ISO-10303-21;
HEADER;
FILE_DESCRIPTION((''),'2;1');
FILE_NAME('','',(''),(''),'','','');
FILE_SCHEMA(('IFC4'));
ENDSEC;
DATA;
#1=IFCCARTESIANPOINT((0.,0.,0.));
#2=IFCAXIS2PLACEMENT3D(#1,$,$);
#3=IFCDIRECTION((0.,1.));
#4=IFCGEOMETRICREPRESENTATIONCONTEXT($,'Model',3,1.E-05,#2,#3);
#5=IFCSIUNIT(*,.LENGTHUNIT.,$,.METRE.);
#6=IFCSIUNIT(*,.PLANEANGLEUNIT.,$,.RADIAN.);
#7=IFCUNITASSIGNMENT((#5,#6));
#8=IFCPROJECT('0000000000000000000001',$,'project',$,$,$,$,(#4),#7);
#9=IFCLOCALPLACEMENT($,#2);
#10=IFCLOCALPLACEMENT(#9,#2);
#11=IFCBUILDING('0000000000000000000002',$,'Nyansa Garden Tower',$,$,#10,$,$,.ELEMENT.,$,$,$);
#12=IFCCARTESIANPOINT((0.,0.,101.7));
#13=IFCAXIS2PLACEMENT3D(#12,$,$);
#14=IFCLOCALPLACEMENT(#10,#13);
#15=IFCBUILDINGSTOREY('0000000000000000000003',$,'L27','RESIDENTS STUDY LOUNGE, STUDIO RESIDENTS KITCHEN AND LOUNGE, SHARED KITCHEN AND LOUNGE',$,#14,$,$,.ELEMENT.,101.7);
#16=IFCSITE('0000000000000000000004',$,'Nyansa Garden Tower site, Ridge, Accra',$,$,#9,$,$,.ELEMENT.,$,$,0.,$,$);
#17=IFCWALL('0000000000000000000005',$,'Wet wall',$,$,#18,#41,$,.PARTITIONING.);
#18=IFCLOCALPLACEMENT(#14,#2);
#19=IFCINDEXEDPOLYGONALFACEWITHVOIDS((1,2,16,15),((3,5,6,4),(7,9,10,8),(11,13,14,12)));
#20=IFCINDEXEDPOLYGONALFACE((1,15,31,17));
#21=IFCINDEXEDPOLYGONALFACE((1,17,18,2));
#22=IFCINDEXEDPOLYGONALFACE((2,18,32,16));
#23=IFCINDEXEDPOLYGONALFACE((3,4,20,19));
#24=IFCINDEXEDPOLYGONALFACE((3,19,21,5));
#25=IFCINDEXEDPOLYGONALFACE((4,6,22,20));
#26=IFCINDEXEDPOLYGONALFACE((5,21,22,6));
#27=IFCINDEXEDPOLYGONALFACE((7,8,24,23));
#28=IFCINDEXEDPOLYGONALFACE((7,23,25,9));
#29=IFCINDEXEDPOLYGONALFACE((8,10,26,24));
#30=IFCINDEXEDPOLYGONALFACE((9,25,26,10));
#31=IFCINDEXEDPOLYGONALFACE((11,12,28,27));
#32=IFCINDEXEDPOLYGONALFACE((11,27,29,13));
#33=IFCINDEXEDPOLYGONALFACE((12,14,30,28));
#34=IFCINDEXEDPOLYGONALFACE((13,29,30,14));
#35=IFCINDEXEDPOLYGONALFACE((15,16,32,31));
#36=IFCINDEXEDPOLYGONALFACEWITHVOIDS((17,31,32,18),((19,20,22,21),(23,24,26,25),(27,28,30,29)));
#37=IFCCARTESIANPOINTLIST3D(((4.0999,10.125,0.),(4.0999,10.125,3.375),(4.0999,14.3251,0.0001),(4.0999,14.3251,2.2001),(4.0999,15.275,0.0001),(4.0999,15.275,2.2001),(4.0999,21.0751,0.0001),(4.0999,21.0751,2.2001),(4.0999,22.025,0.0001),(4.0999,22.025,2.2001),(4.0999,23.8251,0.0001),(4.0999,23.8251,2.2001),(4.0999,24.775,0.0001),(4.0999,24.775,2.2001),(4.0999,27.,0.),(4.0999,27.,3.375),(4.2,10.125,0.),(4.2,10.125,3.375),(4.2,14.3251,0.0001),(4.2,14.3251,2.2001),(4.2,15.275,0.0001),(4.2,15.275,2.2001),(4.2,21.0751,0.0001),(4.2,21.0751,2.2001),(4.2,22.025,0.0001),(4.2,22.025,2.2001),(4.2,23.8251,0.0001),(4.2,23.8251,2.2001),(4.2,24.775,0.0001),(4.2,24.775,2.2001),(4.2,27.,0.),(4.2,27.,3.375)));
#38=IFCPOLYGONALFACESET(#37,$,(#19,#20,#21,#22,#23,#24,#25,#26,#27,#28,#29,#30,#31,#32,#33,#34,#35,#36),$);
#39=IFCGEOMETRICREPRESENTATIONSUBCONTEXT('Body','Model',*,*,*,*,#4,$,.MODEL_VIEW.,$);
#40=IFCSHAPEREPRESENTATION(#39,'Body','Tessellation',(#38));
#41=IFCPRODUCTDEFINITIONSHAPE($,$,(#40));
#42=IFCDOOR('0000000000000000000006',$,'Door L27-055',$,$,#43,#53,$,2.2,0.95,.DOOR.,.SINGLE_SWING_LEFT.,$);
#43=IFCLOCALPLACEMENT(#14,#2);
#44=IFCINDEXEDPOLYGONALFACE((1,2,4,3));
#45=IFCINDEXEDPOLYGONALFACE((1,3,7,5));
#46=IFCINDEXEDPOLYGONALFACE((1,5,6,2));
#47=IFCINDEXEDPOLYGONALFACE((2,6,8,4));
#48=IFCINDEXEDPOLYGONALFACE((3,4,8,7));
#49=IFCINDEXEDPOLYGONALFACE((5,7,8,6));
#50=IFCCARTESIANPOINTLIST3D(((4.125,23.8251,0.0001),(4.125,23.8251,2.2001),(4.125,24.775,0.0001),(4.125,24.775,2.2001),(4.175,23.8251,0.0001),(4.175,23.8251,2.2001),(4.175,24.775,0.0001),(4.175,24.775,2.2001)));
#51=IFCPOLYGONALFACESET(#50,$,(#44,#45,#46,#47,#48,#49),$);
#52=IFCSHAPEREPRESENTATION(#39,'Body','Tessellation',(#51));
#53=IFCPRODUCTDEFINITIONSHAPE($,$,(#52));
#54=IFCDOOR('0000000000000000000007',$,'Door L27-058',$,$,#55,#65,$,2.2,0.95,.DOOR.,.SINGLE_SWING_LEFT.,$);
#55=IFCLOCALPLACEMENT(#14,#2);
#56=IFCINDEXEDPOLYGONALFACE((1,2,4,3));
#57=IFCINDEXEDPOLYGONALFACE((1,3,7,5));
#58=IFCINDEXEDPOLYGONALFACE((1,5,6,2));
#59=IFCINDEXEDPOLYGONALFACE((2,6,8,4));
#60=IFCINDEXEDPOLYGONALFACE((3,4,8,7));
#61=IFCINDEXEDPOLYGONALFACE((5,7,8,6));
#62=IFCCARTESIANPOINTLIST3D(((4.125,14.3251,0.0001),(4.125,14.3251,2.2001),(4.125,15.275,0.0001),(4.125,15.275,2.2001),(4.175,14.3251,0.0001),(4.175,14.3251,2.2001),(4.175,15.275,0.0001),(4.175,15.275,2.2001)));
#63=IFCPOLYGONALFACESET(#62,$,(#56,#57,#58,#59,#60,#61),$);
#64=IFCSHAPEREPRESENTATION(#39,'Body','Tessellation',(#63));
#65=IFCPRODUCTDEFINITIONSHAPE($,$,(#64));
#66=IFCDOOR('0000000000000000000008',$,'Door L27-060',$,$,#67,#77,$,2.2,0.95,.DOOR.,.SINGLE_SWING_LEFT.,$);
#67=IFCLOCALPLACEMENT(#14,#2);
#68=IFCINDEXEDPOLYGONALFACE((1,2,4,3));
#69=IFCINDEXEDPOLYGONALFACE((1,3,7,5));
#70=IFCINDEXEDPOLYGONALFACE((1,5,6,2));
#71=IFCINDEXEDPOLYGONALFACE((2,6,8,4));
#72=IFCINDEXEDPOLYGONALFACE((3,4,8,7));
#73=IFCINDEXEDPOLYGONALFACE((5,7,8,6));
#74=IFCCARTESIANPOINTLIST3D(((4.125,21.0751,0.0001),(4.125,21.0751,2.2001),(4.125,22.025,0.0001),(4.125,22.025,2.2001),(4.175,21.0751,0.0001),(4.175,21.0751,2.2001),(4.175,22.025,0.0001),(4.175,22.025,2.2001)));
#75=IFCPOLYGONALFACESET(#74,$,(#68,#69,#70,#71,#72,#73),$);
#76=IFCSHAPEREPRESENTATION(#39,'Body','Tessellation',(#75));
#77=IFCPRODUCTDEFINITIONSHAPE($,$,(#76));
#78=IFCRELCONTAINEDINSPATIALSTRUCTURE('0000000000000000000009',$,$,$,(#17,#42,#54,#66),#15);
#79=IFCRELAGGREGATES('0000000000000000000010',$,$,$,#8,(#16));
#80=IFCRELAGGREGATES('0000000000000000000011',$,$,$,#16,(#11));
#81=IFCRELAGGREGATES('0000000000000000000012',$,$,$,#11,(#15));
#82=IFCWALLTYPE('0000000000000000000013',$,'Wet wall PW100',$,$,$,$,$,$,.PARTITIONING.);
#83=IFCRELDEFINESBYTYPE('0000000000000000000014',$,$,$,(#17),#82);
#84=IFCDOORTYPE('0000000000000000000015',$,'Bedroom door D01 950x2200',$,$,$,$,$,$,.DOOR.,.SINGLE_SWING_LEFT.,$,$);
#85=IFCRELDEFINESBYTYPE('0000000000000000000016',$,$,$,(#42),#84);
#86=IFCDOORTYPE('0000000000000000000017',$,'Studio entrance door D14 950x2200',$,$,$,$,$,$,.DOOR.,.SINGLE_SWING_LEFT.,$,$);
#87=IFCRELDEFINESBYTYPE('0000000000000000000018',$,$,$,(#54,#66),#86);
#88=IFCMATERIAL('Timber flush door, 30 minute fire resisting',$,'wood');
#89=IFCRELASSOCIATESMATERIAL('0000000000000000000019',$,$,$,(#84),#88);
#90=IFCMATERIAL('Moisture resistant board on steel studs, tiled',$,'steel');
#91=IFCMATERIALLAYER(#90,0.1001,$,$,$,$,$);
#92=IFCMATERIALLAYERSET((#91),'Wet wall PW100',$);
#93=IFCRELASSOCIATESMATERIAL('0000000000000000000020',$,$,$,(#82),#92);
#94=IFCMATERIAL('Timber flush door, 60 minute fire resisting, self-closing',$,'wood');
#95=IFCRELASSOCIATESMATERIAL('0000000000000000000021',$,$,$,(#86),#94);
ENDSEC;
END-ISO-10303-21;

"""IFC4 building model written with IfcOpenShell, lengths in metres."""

from ifc_helpers import new_model, si_unit, direction, frame, frame_2d, origin, place, context, subcontext, project, spatial, rectangle, extrude, material, layer, layer_set, type_object, element, fill, save


model = new_model("IFC4")

# Units and contexts
model_context = context("Model", 3, precision=1e-05, world=origin(), true_north=direction((0.0, 1.0)))
body_context = subcontext(model_context, "Body", "Model", "MODEL_VIEW")
ifc_project = project(units=[si_unit("LENGTHUNIT", "METRE"), si_unit("PLANEANGLEUNIT", "RADIAN")], contexts=[model_context])

# Site, building, storey
site_placement = place(None, origin())
site = spatial("IfcSite", under=ifc_project, at=site_placement, Name="Nyansa Garden Tower site, Ridge, Accra", CompositionType="ELEMENT", RefElevation=0.0)
building_placement = place(site_placement, origin())
building = spatial("IfcBuilding", under=site, at=building_placement, Name="Nyansa Garden Tower", CompositionType="ELEMENT")
storey_placement = place(building_placement, frame((0.0, 0.0, 101.7)))
storey = spatial("IfcBuildingStorey", under=building, at=storey_placement, Name="L27", Description="RESIDENTS STUDY LOUNGE, STUDIO RESIDENTS KITCHEN AND LOUNGE, SHARED KITCHEN AND LOUNGE", CompositionType="ELEMENT", Elevation=101.7)

# Shared definitions
ifc_material_1 = material(Name="Timber flush door, 30 minute fire resisting", Category="wood")
door_type_1 = type_object("IfcDoorType", Name="Bedroom door D01 950x2200", OperationType="SINGLE_SWING_LEFT", PredefinedType="DOOR", material=ifc_material_1)
ifc_material_2 = material(Name="Moisture resistant board on steel studs, tiled", Category="steel")
ifc_layer_1 = layer(ifc_material_2, 0.1001)
ifc_layer_set_1 = layer_set([ifc_layer_1], Name="Wet wall PW100")
wall_type_1 = type_object("IfcWallType", Name="Wet wall PW100", PredefinedType="PARTITIONING", material=ifc_layer_set_1)

# Wall, openings, doors
wall_1_placement = place(storey_placement, frame((4.1499, 10.125, 0.0), z_axis=(0.0, 0.0, 1.0), x_axis=(0.0, 1.0, 0.0)))
wall_1 = element("IfcWall", 1, at=wall_1_placement, inside=storey, type_object=wall_type_1, Name="Wet wall", PredefinedType="PARTITIONING", context=body_context, shape_type="SweptSolid", body=[
    extrude(rectangle(XDim=16.875, YDim=0.1001, at=frame_2d((8.4375, 0.0))), origin(), (0.0, 0.0, 1.0), 3.375),
])
opening_1_placement = place(wall_1_placement, frame((13.7, 0.0, 0.0)))
opening_1 = element("IfcOpeningElement", 2, at=opening_1_placement, cuts=wall_1, PredefinedType="OPENING", context=body_context, shape_type="SweptSolid", body=[
    extrude(rectangle(XDim=0.95, YDim=2.2, at=frame_2d((0.4751, 1.1001))), frame((0.0, 0.0601, 0.0), z_axis=(0.0, -1.0, 0.0), x_axis=(1.0, 0.0, 0.0)), (0.0, 0.0, 1.0), 0.1201),
])
opening_2_placement = place(wall_1_placement, frame((4.2, 0.0, 0.0)))
opening_2 = element("IfcOpeningElement", 3, at=opening_2_placement, cuts=wall_1, PredefinedType="OPENING", context=body_context, shape_type="SweptSolid", body=[
    extrude(rectangle(XDim=0.95, YDim=2.2, at=frame_2d((0.4751, 1.1001))), frame((0.0, 0.0601, 0.0), z_axis=(0.0, -1.0, 0.0), x_axis=(1.0, 0.0, 0.0)), (0.0, 0.0, 1.0), 0.1201),
])
opening_3_placement = place(wall_1_placement, frame((10.95, 0.0, 0.0)))
opening_3 = element("IfcOpeningElement", 4, at=opening_3_placement, cuts=wall_1, PredefinedType="OPENING", context=body_context, shape_type="SweptSolid", body=[
    extrude(rectangle(XDim=0.95, YDim=2.2, at=frame_2d((0.4751, 1.1001))), frame((0.0, 0.0601, 0.0), z_axis=(0.0, -1.0, 0.0), x_axis=(1.0, 0.0, 0.0)), (0.0, 0.0, 1.0), 0.1201),
])
door_1_placement = place(opening_1_placement, origin())
door_1 = element("IfcDoor", 5, at=door_1_placement, inside=storey, type_object=door_type_1, Name="Door L27-055", OperationType="SINGLE_SWING_LEFT", OverallHeight=2.2, OverallWidth=0.95, PredefinedType="DOOR", context=body_context, shape_type="SweptSolid", body=[
    extrude(rectangle(XDim=0.95, YDim=2.2, at=frame_2d((0.4751, 1.1001))), frame((0.0, 0.0249, 0.0), z_axis=(0.0, -1.0, 0.0), x_axis=(1.0, 0.0, 0.0)), (0.0, 0.0, 1.0), 0.05),
])
fill(opening_1, door_1)
ifc_material_3 = material(Name="Timber flush door, 60 minute fire resisting, self-closing", Category="wood")
door_type_2 = type_object("IfcDoorType", Name="Studio entrance door D14 950x2200", OperationType="SINGLE_SWING_LEFT", PredefinedType="DOOR", material=ifc_material_3)
door_2_placement = place(opening_2_placement, origin())
door_2 = element("IfcDoor", 6, at=door_2_placement, inside=storey, type_object=door_type_2, Name="Door L27-058", OperationType="SINGLE_SWING_LEFT", OverallHeight=2.2, OverallWidth=0.95, PredefinedType="DOOR", context=body_context, shape_type="SweptSolid", body=[
    extrude(rectangle(XDim=0.95, YDim=2.2, at=frame_2d((0.4751, 1.1001))), frame((0.0, 0.0249, 0.0), z_axis=(0.0, -1.0, 0.0), x_axis=(1.0, 0.0, 0.0)), (0.0, 0.0, 1.0), 0.05),
])
fill(opening_2, door_2)
door_3_placement = place(opening_3_placement, origin())
door_3 = element("IfcDoor", 7, at=door_3_placement, inside=storey, type_object=door_type_2, Name="Door L27-060", OperationType="SINGLE_SWING_LEFT", OverallHeight=2.2, OverallWidth=0.95, PredefinedType="DOOR", context=body_context, shape_type="SweptSolid", body=[
    extrude(rectangle(XDim=0.95, YDim=2.2, at=frame_2d((0.4751, 1.1001))), frame((0.0, 0.0249, 0.0), z_axis=(0.0, -1.0, 0.0), x_axis=(1.0, 0.0, 0.0)), (0.0, 0.0, 1.0), 0.05),
])
fill(opening_3, door_3)

save(model, "model.ifc")
